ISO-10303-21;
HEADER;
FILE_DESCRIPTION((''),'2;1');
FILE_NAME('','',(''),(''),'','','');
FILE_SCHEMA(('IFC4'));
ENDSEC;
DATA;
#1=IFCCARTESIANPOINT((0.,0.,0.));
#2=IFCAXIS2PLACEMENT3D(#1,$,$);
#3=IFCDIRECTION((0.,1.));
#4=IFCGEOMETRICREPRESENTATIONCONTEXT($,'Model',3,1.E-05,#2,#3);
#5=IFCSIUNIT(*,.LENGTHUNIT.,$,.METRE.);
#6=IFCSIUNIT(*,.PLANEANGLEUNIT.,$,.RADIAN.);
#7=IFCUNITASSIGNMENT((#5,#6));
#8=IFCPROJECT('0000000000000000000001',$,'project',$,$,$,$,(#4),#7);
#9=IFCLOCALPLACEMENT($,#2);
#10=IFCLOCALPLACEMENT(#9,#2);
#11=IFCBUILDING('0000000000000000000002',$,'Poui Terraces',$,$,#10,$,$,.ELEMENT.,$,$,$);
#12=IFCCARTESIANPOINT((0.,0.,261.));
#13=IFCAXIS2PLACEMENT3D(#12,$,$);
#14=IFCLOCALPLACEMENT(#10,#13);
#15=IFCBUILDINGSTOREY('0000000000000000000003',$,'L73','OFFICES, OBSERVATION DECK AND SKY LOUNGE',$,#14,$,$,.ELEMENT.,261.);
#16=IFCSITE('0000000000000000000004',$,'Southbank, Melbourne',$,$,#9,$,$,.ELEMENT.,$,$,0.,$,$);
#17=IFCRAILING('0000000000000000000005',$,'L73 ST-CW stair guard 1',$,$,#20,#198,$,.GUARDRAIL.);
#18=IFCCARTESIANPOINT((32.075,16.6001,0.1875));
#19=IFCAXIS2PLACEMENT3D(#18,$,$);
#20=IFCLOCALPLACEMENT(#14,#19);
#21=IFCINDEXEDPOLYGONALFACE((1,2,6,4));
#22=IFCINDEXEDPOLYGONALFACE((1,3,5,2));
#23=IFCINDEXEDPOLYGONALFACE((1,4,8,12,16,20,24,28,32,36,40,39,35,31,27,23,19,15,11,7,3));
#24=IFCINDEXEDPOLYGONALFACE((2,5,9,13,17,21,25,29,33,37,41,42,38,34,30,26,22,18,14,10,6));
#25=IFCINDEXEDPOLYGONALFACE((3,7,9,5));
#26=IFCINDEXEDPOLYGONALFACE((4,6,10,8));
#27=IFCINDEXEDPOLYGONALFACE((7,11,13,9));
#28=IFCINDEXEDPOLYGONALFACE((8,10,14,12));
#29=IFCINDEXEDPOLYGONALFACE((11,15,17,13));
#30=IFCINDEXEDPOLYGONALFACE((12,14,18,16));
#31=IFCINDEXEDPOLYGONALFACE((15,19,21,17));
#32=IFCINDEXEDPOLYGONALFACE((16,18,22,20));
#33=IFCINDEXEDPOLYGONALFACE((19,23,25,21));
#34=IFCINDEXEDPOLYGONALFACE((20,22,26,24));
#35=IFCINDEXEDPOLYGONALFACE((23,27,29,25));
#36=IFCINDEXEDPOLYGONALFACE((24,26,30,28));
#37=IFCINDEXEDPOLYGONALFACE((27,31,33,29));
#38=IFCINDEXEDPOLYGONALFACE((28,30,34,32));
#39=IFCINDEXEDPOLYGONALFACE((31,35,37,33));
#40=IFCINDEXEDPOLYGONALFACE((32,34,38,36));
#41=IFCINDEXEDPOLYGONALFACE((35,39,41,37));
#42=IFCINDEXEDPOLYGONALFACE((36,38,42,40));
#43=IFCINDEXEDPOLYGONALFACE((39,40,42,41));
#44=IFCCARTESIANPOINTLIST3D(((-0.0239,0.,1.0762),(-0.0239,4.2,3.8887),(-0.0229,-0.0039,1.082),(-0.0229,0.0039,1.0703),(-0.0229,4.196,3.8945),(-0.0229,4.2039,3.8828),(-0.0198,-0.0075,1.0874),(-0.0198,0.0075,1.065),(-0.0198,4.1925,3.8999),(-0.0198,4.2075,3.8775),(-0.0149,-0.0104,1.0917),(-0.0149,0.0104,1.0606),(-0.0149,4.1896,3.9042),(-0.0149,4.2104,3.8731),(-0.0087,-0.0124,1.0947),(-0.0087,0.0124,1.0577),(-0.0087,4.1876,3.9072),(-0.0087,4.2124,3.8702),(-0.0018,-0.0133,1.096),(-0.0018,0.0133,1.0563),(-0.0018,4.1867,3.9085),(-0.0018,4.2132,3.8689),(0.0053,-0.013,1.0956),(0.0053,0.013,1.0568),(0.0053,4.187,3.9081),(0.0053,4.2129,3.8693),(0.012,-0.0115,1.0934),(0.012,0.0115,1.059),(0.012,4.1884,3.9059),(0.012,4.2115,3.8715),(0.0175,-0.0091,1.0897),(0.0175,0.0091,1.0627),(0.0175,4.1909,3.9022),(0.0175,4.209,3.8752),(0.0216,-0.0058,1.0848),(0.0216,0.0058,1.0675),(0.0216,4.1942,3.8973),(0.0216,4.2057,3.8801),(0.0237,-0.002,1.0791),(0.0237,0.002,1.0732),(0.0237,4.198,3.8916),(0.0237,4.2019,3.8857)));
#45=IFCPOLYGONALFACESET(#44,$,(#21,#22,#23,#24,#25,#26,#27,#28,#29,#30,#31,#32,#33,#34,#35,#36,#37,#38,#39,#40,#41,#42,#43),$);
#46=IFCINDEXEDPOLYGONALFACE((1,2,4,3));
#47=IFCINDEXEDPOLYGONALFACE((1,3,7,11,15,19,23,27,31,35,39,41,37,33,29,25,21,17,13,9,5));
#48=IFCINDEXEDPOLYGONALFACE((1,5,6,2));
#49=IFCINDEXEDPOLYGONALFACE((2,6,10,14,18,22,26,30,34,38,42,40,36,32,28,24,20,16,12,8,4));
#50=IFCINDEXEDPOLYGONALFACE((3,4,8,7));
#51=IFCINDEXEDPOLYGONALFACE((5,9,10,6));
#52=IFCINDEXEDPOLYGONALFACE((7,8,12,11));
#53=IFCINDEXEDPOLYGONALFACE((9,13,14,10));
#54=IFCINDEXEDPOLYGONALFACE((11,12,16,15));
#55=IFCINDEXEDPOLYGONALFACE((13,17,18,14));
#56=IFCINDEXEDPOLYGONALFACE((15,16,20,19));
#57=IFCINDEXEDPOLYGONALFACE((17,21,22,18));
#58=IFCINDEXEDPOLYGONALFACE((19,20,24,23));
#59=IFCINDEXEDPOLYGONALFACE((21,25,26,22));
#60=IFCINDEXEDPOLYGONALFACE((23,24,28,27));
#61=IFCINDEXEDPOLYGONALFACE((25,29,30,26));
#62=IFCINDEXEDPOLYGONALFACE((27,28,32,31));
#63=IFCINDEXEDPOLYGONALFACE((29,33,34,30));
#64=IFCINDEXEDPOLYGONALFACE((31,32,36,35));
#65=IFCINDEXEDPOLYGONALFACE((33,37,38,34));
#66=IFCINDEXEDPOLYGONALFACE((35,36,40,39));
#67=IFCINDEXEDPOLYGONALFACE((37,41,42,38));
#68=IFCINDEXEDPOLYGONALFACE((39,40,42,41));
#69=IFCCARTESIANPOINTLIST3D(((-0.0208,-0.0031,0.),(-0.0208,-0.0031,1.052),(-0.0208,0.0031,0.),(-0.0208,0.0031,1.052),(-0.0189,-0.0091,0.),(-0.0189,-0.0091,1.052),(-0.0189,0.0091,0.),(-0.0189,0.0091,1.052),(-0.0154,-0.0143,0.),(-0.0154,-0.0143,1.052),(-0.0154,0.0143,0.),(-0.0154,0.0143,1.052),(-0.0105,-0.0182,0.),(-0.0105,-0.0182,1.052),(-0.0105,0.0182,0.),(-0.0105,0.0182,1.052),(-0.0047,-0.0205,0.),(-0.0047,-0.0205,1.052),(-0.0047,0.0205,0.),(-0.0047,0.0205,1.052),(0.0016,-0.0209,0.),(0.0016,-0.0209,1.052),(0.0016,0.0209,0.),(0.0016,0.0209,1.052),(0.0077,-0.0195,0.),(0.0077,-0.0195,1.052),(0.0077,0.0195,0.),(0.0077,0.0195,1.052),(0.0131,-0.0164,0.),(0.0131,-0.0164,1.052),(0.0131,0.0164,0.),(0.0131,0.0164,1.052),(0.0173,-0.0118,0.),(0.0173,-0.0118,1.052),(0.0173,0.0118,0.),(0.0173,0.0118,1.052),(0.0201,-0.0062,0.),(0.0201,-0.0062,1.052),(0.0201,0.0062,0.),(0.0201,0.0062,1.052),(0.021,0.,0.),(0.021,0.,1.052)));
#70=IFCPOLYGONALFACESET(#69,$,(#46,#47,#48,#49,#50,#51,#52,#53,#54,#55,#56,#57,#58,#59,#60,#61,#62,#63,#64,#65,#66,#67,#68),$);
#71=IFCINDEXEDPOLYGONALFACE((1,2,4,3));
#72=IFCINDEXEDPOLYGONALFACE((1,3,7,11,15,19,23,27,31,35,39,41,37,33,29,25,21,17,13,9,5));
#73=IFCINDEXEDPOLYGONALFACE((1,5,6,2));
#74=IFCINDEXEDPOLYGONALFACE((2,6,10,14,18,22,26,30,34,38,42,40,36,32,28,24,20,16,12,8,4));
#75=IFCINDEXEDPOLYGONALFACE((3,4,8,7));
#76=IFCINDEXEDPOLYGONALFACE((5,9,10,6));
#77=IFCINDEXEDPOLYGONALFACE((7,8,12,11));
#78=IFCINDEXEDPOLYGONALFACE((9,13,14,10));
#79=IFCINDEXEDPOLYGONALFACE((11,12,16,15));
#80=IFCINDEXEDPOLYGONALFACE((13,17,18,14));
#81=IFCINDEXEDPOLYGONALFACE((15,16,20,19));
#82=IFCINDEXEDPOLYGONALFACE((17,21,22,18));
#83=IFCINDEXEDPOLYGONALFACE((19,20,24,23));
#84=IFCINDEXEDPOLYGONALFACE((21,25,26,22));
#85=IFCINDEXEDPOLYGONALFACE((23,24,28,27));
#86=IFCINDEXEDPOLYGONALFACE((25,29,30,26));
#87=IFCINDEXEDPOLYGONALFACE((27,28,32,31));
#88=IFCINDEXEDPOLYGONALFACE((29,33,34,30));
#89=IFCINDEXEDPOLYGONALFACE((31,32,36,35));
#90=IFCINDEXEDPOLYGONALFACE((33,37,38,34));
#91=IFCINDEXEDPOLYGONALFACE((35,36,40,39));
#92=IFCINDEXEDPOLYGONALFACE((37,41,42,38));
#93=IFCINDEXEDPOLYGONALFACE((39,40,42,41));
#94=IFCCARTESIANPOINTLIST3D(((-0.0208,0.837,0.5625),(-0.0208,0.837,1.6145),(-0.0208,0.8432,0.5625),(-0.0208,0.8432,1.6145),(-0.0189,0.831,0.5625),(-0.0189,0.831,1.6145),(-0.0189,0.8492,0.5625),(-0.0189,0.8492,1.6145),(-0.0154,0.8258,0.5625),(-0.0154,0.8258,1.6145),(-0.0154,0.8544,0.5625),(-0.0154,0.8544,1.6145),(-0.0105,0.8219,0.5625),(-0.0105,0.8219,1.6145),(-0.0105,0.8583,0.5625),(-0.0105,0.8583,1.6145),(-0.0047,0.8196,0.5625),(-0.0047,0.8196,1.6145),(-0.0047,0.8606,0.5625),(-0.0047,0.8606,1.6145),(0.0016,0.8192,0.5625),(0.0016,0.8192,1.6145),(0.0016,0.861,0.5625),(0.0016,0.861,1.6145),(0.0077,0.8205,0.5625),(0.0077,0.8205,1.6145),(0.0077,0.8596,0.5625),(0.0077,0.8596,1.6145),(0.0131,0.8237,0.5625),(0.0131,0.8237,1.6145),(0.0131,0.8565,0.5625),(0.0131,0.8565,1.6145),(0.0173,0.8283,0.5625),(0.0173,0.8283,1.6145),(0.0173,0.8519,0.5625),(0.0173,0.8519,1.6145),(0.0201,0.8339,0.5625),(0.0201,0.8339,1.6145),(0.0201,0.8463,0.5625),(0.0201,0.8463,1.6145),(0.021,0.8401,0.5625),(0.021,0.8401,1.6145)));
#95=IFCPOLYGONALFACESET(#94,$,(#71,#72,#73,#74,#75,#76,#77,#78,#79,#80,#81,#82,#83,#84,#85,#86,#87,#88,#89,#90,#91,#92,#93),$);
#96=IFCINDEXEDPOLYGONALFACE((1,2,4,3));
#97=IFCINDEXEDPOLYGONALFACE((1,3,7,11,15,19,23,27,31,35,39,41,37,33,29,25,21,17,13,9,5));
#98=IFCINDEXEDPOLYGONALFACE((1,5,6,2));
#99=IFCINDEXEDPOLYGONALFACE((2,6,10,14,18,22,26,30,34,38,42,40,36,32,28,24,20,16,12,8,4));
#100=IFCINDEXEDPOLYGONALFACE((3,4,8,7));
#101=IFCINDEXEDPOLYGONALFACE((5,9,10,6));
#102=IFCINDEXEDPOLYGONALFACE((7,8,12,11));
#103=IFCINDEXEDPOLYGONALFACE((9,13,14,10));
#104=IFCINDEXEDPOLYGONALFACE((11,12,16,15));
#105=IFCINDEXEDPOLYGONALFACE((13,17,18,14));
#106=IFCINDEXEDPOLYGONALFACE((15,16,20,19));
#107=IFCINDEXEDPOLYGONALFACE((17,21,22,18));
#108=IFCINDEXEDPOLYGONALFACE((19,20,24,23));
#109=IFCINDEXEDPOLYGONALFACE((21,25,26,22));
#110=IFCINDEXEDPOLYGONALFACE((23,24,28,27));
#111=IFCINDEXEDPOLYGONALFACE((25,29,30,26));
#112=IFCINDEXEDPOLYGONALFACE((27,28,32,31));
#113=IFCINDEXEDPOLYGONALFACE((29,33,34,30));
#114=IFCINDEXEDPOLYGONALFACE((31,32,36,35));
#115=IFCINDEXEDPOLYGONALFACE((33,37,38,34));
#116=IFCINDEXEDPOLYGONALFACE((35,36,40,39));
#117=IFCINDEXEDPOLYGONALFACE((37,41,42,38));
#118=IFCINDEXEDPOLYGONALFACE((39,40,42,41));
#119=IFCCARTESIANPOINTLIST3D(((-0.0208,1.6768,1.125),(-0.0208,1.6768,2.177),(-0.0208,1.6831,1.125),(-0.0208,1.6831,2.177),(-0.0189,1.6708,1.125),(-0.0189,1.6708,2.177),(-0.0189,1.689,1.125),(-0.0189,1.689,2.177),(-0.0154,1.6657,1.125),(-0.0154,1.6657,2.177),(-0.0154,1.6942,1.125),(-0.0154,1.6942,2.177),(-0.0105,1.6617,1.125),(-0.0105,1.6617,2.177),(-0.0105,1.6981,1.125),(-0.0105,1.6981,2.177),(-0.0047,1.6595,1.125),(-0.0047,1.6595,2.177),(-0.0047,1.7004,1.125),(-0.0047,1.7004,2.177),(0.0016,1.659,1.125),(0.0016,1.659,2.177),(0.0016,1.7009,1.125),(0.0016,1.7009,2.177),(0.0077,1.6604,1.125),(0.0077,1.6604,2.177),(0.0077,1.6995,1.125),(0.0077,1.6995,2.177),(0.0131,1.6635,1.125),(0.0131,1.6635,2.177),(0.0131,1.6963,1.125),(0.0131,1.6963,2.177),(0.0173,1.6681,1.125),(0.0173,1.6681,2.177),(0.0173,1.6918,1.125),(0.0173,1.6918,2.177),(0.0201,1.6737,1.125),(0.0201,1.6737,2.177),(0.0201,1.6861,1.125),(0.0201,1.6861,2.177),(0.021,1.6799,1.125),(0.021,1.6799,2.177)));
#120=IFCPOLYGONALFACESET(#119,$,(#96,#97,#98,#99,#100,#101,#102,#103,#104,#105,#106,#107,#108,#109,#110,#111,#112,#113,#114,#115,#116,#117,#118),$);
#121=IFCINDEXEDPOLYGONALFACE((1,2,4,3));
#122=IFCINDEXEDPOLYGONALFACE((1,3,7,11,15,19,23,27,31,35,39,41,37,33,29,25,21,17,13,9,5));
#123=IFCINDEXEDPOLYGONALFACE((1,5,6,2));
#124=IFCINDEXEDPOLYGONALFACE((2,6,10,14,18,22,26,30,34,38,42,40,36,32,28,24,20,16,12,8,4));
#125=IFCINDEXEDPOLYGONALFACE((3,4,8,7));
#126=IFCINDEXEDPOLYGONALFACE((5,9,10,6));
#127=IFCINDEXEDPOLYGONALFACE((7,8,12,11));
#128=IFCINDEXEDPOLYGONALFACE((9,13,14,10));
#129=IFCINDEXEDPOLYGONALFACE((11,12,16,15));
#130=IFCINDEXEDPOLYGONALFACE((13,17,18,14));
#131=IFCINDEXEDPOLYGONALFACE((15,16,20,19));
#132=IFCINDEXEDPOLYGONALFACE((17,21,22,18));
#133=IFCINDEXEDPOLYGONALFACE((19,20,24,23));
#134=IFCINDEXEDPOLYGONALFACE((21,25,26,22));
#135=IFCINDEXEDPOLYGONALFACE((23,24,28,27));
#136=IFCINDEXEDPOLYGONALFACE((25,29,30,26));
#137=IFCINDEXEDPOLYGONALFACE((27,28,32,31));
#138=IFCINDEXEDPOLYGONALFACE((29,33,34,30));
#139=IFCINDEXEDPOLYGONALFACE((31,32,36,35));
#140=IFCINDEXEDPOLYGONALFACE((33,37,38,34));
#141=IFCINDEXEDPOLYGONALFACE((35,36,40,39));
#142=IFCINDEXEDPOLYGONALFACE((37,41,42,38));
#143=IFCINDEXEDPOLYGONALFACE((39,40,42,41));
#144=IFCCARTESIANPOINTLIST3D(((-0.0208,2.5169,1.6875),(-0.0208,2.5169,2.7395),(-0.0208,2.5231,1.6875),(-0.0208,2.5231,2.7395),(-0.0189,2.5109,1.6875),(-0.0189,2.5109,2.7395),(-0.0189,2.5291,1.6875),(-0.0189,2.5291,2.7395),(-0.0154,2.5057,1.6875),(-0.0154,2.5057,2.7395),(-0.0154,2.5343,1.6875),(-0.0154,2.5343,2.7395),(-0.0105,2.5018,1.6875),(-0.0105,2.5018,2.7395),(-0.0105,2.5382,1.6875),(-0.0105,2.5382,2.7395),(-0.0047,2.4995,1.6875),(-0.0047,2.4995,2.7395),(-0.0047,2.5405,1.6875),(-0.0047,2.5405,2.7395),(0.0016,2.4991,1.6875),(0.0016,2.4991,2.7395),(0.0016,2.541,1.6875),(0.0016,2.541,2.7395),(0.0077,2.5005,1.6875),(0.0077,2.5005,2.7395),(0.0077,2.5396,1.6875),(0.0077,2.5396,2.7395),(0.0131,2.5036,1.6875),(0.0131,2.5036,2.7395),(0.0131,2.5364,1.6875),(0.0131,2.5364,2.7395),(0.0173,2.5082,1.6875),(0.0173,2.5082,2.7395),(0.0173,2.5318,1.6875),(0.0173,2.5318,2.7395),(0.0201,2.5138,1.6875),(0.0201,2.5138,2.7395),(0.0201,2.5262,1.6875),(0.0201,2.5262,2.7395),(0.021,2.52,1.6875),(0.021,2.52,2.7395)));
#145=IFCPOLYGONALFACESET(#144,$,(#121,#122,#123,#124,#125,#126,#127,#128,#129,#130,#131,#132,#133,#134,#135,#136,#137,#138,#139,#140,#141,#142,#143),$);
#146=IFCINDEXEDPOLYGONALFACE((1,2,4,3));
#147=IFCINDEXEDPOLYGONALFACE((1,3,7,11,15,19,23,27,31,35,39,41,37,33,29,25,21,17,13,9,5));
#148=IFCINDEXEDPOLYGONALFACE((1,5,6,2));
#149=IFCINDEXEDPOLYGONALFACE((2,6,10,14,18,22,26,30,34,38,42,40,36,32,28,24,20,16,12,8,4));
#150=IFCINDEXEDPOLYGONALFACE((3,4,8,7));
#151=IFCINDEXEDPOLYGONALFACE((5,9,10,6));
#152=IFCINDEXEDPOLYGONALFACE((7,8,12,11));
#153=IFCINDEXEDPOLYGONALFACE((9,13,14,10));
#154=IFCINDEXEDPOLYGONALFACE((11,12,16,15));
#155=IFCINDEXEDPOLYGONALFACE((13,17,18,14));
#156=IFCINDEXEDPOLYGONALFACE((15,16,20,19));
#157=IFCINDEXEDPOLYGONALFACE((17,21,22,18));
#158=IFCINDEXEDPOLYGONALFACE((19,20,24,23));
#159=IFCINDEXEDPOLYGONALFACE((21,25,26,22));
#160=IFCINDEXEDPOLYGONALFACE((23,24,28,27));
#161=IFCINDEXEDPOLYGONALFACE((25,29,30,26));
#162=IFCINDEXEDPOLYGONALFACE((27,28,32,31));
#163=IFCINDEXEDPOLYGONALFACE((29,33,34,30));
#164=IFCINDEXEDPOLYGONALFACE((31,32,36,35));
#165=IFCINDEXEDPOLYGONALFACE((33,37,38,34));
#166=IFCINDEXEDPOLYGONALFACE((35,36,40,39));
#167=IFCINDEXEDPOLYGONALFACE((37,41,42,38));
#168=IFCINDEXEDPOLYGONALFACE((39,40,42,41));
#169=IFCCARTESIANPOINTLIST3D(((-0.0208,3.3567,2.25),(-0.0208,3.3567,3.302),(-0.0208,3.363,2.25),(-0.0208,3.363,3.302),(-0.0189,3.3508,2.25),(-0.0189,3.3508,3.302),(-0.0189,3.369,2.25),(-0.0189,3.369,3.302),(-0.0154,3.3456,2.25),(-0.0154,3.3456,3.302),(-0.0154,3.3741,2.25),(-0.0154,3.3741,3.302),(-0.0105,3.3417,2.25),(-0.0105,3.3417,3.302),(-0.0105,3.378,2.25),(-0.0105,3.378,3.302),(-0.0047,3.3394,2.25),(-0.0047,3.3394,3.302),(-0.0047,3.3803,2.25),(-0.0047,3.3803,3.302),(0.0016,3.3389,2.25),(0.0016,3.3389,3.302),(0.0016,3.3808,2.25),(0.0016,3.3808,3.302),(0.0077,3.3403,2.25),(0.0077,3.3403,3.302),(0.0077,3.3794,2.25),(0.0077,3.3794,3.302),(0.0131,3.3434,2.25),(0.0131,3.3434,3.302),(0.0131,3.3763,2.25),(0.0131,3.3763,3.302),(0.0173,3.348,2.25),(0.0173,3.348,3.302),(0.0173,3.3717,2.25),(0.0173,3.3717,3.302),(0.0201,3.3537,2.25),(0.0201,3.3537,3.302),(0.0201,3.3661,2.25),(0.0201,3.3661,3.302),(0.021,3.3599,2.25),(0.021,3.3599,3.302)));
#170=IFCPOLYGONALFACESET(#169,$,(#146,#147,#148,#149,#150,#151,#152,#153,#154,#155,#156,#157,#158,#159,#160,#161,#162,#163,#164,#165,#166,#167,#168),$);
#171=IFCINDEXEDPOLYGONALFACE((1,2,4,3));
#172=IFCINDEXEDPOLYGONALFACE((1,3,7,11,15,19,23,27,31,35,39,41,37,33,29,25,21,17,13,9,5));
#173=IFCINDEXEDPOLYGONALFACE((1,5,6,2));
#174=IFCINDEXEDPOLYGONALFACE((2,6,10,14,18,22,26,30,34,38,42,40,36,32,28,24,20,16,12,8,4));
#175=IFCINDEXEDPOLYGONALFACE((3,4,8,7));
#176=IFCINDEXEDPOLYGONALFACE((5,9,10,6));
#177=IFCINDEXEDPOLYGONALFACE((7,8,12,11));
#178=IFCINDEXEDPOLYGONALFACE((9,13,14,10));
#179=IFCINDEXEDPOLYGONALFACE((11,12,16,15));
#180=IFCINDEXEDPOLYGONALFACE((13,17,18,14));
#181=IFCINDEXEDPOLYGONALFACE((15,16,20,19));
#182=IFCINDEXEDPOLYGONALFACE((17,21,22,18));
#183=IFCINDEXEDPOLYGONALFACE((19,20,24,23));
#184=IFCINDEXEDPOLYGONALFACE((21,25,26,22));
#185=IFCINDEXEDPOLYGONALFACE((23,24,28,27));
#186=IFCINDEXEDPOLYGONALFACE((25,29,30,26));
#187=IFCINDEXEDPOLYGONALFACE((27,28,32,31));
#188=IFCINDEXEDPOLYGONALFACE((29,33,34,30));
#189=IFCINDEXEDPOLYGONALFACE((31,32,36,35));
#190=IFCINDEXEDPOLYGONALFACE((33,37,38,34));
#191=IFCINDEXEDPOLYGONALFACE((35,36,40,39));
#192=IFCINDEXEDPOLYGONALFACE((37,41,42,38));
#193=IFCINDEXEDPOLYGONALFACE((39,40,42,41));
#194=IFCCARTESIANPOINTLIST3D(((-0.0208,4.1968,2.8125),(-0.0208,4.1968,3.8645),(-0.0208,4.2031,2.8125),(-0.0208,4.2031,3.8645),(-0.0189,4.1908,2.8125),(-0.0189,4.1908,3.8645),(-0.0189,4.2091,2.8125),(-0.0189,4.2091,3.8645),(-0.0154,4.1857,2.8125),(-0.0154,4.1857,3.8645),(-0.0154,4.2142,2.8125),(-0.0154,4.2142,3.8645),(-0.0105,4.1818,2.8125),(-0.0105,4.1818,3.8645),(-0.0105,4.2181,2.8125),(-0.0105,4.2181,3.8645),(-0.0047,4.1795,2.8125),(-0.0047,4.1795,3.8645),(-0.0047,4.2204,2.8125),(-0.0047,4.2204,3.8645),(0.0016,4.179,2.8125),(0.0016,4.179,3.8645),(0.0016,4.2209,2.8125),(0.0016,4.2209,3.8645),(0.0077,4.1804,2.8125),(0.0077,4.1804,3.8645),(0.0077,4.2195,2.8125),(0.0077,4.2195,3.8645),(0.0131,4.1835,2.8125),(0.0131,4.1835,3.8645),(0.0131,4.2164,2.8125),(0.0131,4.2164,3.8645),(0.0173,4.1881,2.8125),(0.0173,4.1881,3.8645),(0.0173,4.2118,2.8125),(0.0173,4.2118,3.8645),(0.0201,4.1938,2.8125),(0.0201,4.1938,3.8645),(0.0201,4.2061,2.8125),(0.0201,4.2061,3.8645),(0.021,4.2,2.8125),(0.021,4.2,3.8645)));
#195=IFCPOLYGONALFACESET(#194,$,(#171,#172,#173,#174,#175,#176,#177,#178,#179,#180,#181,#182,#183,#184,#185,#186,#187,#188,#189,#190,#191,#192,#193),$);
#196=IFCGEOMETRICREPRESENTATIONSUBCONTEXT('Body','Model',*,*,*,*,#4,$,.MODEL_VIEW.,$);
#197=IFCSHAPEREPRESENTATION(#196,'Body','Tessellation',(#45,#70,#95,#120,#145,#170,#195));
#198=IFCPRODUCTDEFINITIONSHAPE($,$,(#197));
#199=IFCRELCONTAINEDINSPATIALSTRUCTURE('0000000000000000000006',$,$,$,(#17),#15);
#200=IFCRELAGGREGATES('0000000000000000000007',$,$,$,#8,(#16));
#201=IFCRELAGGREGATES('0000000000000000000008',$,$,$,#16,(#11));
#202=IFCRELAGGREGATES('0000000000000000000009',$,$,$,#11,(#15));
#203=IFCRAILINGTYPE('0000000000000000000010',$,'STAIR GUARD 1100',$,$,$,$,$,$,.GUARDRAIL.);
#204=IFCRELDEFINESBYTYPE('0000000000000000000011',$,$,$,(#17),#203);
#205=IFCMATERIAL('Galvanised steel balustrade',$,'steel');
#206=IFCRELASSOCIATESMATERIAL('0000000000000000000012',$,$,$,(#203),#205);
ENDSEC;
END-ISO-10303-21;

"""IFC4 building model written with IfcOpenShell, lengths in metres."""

from ifc_helpers import new_model, si_unit, direction, frame, origin, origin_2d, place, context, subcontext, project, spatial, circle, extrude, material, type_object, element, save


model = new_model("IFC4")

# Units and contexts
model_context = context("Model", 3, precision=1e-05, world=origin(), true_north=direction((0.0, 1.0)))
body_context = subcontext(model_context, "Body", "Model", "MODEL_VIEW")
ifc_project = project(units=[si_unit("LENGTHUNIT", "METRE"), si_unit("PLANEANGLEUNIT", "RADIAN")], contexts=[model_context])

# Site, building, storey
site_placement = place(None, origin())
site = spatial("IfcSite", under=ifc_project, at=site_placement, Name="Southbank, Melbourne", CompositionType="ELEMENT", RefElevation=0.0)
building_placement = place(site_placement, origin())
building = spatial("IfcBuilding", under=site, at=building_placement, Name="Poui Terraces", CompositionType="ELEMENT")
storey_placement = place(building_placement, frame((0.0, 0.0, 261.0)))
storey = spatial("IfcBuildingStorey", under=building, at=storey_placement, Name="L73", Description="OFFICES, OBSERVATION DECK AND SKY LOUNGE", CompositionType="ELEMENT", Elevation=261.0)

# Railing
ifc_material_1 = material(Name="Galvanised steel balustrade", Category="steel")
railing_type_1 = type_object("IfcRailingType", Name="STAIR GUARD 1100", PredefinedType="GUARDRAIL", material=ifc_material_1)
railing_1_placement = place(storey_placement, frame((32.075, 16.6001, 0.1875)))
element("IfcRailing", 1, at=railing_1_placement, inside=storey, type_object=railing_type_1, Name="L73 ST-CW stair guard 1", PredefinedType="GUARDRAIL", context=body_context, shape_type="SweptSolid", body=[
    extrude(circle(Radius=0.0239, at=origin_2d()), frame((0.0, 0.0, 1.0762), z_axis=(0.0, 0.830904, 0.556416), x_axis=(-1.0, 0.0, 0.0)), (0.0, 0.0, 1.0), 5.0547),
    extrude(circle(Radius=0.021, at=origin_2d()), origin(), (0.0, 0.0, 1.0), 1.052),
    extrude(circle(Radius=0.021, at=origin_2d()), frame((0.0, 0.8401, 0.5625)), (0.0, 0.0, 1.0), 1.052),
    extrude(circle(Radius=0.021, at=origin_2d()), frame((0.0, 1.6799, 1.125)), (0.0, 0.0, 1.0), 1.052),
    extrude(circle(Radius=0.021, at=origin_2d()), frame((0.0, 2.52, 1.6875)), (0.0, 0.0, 1.0), 1.052),
    extrude(circle(Radius=0.021, at=origin_2d()), frame((0.0, 3.3599, 2.25)), (0.0, 0.0, 1.0), 1.052),
    extrude(circle(Radius=0.021, at=origin_2d()), frame((0.0, 4.2, 2.8125)), (0.0, 0.0, 1.0), 1.052),
])

save(model, "model.ifc")
